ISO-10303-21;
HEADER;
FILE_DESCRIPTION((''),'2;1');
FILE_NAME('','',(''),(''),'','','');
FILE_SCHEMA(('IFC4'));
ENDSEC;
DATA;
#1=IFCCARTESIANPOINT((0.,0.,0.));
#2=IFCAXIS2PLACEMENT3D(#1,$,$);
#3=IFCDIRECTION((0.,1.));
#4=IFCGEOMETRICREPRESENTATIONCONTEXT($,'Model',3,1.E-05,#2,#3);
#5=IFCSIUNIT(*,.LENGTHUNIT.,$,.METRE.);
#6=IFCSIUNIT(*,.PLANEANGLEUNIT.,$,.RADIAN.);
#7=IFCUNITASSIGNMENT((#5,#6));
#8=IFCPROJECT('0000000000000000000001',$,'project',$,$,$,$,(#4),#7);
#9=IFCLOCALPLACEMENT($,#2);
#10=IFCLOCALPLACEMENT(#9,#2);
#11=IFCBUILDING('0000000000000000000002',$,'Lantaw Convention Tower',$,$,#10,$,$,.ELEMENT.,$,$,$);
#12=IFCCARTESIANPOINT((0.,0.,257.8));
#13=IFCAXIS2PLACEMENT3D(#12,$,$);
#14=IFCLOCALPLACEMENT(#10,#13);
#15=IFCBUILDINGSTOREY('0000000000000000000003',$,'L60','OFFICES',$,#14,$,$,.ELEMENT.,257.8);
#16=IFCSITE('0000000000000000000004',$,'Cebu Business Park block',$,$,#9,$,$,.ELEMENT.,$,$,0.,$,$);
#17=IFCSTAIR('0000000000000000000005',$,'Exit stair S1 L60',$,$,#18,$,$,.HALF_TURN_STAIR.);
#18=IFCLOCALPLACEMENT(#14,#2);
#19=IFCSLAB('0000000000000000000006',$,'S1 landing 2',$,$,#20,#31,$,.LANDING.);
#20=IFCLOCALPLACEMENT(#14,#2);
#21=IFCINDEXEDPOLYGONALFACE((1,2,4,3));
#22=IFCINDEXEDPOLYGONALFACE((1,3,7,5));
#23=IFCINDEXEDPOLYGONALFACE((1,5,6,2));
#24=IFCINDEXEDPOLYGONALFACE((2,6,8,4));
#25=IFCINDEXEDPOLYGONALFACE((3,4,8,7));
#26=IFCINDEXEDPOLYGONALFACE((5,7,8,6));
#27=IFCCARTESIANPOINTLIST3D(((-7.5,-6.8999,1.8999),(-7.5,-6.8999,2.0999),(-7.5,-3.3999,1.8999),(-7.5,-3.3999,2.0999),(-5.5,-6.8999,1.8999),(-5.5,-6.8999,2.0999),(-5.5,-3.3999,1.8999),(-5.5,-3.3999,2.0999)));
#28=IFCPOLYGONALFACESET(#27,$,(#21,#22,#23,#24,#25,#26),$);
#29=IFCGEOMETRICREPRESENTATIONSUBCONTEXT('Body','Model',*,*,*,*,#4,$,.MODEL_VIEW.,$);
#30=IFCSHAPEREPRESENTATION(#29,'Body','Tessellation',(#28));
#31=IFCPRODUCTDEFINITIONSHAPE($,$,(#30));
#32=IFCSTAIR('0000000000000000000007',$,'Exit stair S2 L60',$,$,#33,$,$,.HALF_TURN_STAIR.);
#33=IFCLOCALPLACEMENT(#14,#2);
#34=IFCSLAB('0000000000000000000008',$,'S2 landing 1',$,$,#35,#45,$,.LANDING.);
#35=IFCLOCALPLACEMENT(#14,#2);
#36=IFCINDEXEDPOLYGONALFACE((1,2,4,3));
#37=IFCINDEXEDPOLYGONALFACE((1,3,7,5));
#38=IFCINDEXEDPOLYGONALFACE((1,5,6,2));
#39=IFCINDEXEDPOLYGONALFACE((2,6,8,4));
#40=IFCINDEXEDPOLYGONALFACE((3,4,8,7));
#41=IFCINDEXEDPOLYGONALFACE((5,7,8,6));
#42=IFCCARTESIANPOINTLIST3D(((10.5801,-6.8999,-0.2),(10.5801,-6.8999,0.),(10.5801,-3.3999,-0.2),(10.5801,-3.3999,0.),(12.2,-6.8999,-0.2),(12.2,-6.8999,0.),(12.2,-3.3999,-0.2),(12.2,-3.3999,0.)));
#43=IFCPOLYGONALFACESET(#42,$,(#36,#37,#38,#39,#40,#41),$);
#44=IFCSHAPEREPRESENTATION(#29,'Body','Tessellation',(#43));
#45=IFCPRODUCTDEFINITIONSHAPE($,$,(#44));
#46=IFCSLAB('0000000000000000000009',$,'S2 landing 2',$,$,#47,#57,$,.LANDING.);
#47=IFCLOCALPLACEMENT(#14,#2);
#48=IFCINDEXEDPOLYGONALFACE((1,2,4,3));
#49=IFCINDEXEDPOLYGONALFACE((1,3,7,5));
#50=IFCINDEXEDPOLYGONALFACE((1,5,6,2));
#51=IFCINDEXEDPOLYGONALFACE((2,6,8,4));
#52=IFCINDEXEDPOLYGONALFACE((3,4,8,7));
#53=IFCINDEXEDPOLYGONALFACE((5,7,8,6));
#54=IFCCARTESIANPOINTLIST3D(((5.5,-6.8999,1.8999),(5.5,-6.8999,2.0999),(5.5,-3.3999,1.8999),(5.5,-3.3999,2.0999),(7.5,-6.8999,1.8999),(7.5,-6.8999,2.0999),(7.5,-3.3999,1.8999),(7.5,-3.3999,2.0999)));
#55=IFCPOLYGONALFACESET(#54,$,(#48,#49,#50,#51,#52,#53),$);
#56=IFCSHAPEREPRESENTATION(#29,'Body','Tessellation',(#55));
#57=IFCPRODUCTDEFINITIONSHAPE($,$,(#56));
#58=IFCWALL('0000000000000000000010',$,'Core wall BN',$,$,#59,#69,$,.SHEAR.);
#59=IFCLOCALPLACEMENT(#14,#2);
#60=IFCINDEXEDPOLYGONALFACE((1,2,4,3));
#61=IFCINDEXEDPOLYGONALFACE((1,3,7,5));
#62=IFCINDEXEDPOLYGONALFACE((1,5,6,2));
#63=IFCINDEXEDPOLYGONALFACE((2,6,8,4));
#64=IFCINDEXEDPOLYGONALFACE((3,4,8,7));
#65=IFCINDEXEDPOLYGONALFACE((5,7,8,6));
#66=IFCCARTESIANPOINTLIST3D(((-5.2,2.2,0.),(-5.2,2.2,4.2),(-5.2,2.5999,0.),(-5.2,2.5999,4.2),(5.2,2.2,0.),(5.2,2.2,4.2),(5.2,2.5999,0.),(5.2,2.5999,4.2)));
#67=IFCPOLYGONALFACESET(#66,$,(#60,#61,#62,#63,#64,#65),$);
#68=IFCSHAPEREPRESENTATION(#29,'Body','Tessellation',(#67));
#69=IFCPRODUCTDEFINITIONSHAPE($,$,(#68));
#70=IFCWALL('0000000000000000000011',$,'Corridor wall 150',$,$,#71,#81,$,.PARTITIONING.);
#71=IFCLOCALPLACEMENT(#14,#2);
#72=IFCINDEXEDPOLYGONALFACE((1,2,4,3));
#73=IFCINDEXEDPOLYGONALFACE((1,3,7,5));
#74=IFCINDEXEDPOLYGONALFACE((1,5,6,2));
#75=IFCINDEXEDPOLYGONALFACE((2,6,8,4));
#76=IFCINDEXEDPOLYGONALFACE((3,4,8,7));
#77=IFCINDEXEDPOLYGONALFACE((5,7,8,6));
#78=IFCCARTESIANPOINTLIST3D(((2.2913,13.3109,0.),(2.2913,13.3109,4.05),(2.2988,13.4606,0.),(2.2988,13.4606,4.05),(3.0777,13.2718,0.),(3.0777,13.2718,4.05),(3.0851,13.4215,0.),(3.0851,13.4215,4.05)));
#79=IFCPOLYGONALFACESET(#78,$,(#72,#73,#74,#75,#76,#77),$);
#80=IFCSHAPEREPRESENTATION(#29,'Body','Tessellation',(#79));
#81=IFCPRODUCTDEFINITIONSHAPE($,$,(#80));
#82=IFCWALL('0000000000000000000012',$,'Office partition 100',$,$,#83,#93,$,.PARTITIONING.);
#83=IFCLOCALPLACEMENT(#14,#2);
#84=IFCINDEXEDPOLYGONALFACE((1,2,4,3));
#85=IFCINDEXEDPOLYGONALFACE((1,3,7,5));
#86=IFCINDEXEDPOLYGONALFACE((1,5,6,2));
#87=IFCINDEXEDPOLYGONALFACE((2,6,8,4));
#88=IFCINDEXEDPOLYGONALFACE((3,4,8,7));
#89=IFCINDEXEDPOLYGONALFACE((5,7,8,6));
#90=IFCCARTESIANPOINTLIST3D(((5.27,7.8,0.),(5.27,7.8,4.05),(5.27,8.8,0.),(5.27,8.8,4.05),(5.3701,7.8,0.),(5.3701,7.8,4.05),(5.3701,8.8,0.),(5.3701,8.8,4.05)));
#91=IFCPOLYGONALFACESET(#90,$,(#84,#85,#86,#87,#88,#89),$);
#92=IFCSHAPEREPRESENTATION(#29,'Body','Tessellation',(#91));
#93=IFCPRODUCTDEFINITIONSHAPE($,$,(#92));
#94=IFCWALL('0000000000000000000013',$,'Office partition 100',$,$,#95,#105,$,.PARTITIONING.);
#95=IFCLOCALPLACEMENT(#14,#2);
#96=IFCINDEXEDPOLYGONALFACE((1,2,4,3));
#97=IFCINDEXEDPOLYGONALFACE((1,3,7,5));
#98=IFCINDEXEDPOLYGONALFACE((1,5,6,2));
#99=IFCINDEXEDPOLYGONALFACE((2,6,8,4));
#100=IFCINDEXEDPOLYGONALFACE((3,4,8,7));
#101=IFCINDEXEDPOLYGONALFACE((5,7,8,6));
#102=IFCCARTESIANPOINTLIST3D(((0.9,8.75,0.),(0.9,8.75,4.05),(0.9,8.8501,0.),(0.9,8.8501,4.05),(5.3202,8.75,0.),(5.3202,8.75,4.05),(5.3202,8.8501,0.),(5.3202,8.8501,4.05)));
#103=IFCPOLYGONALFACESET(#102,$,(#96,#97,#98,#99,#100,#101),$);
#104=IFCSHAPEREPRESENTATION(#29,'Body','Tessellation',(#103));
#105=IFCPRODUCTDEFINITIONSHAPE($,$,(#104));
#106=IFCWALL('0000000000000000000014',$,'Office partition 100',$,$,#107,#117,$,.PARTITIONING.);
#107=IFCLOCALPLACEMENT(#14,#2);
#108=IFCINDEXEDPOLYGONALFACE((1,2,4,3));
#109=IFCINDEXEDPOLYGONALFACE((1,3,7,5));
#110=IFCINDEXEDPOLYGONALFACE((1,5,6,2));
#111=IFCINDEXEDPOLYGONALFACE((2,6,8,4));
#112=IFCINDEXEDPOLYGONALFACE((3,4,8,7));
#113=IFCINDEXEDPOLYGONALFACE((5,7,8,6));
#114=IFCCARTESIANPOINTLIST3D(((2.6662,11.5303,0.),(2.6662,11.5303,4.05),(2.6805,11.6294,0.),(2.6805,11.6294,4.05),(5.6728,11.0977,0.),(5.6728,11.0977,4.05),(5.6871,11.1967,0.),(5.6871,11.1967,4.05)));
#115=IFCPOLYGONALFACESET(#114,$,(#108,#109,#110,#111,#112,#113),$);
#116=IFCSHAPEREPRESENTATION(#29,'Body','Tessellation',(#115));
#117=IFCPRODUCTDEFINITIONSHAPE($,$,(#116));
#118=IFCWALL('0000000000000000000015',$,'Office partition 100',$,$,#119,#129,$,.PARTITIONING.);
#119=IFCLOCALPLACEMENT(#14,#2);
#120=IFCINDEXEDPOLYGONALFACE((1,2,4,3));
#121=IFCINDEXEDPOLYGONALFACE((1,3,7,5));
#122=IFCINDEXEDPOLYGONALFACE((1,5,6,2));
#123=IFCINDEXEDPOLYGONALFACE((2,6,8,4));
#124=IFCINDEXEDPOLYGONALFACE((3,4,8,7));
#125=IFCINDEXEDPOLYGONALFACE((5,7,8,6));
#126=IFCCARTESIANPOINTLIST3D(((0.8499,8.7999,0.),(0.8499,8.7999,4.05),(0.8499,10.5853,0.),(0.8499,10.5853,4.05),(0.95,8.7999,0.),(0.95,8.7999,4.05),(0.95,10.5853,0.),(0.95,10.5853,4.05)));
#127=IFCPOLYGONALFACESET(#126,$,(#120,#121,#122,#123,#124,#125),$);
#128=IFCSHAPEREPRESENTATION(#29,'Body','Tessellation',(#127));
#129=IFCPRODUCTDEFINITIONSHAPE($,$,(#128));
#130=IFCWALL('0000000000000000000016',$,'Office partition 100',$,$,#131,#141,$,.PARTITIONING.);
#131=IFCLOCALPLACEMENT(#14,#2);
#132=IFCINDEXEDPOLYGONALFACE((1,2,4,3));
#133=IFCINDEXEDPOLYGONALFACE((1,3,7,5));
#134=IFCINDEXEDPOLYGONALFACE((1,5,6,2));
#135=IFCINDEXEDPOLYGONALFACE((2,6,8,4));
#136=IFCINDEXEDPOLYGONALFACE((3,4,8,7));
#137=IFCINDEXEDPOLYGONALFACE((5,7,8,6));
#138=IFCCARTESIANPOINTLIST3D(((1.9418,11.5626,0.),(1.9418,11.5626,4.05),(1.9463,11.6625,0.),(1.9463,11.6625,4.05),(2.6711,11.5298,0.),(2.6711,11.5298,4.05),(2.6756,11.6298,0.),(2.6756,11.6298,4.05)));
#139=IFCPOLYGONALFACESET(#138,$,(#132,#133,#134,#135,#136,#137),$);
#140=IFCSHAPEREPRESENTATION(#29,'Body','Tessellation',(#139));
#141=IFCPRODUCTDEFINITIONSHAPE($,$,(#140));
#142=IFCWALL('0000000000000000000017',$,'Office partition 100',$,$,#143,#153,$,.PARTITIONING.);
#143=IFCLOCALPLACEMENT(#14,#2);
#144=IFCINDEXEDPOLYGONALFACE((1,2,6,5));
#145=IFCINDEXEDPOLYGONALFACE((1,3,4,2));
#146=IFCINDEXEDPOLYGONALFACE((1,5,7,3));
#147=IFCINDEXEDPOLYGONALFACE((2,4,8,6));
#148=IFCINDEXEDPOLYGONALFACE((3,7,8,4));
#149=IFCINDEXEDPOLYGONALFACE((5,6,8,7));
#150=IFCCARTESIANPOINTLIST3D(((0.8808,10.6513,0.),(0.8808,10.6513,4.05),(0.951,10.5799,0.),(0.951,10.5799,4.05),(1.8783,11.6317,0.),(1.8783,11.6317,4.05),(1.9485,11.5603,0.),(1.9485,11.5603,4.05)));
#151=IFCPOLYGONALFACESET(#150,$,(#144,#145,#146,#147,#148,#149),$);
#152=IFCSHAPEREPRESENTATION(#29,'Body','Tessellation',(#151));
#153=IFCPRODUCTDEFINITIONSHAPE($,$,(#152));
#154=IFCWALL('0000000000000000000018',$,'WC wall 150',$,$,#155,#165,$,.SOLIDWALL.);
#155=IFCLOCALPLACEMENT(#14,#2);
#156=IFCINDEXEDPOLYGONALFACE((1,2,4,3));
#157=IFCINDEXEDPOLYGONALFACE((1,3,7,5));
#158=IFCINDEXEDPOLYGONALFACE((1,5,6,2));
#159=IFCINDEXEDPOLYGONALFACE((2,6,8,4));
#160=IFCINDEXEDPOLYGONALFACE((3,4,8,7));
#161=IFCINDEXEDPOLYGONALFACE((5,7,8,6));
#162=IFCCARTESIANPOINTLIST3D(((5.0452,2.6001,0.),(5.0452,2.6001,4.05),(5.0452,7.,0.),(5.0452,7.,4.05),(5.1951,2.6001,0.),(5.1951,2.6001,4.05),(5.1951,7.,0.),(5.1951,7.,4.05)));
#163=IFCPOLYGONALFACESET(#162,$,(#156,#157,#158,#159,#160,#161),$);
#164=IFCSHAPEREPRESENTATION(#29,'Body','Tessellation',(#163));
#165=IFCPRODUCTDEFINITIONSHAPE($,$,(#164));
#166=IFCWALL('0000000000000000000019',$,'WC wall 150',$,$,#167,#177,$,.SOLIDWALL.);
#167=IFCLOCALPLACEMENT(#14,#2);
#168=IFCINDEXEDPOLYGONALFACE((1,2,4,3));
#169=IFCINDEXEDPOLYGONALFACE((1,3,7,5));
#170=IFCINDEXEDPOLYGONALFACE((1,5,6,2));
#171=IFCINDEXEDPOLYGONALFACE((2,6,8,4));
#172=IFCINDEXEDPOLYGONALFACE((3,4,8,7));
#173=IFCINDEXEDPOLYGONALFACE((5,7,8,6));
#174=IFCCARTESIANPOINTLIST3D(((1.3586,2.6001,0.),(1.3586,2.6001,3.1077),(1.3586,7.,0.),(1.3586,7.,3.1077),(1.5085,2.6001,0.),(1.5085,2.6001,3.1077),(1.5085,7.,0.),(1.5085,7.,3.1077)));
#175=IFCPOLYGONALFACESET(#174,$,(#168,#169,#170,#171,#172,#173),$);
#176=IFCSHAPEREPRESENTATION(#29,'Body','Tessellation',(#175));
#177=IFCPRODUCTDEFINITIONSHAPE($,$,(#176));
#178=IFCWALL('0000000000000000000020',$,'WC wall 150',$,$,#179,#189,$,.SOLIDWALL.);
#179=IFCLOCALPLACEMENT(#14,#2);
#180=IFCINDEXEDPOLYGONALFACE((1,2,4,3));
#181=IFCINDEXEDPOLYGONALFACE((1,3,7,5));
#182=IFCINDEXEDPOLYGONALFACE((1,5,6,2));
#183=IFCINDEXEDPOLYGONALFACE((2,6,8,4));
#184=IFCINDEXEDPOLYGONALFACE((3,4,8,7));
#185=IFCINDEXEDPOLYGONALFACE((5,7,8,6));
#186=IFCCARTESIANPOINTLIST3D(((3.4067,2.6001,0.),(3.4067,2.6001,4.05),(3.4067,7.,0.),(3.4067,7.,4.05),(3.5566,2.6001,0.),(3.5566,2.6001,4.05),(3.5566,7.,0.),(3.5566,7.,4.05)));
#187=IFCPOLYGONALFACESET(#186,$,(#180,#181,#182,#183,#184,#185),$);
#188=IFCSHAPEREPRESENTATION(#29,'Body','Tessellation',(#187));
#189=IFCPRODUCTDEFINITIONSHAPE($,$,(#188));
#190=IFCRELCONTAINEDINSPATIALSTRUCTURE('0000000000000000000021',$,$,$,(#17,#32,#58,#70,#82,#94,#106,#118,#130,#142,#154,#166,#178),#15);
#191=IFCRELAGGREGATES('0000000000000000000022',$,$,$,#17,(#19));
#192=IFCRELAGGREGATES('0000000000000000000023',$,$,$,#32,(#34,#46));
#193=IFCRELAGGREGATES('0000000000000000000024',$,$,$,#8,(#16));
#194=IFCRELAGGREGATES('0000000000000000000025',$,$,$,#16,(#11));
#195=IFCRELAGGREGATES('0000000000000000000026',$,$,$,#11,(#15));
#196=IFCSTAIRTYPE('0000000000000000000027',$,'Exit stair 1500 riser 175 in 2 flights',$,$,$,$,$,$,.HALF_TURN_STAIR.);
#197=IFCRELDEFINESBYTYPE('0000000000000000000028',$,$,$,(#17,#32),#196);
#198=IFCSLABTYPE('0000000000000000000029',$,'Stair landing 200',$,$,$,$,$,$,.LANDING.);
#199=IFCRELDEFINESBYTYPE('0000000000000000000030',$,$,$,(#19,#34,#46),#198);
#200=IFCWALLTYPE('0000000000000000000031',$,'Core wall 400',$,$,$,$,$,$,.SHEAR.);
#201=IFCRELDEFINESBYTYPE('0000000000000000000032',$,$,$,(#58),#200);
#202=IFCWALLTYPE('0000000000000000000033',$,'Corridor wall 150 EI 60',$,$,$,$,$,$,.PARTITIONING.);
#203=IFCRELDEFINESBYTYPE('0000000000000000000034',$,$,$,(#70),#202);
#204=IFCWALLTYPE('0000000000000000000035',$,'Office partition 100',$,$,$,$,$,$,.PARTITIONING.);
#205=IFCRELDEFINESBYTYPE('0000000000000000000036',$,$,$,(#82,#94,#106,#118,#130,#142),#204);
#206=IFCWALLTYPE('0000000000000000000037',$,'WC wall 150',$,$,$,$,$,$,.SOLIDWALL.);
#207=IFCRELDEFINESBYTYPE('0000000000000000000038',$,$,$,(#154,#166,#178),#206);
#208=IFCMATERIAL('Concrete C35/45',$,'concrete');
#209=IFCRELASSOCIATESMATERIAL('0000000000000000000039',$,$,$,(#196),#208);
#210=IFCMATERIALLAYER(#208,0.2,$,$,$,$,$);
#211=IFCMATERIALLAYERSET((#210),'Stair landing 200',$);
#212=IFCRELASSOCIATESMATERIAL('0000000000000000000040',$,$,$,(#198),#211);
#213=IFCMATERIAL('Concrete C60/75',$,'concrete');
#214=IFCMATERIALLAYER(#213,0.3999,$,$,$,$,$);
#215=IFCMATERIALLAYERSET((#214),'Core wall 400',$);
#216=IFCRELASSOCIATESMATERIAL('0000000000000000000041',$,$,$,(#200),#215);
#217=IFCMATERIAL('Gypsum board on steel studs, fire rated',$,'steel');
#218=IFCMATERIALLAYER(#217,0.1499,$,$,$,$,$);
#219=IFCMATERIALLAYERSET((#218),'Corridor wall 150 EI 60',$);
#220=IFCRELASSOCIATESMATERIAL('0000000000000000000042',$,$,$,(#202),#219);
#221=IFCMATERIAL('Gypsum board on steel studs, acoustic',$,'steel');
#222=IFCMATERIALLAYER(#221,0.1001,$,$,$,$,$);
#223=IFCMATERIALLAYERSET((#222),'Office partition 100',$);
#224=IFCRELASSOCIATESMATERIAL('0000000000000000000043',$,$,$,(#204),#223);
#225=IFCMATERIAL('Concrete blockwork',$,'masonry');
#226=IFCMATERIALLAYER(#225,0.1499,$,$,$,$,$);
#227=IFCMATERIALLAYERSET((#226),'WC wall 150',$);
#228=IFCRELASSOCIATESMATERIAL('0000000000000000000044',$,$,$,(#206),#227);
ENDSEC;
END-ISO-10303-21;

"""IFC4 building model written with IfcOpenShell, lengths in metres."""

from ifc_helpers import new_model, si_unit, direction, frame, frame_2d, origin, place, context, subcontext, project, spatial, polyline, rectangle, outline, extrude, material, layer, layer_set, type_object, element, aggregate, save


model = new_model("IFC4")

# Units and contexts
model_context = context("Model", 3, precision=1e-05, world=origin(), true_north=direction((0.0, 1.0)))
body_context = subcontext(model_context, "Body", "Model", "MODEL_VIEW")
ifc_project = project(units=[si_unit("LENGTHUNIT", "METRE"), si_unit("PLANEANGLEUNIT", "RADIAN")], contexts=[model_context])

# Site, building, storey
site_placement = place(None, origin())
site = spatial("IfcSite", under=ifc_project, at=site_placement, Name="Cebu Business Park block", CompositionType="ELEMENT", RefElevation=0.0)
building_placement = place(site_placement, origin())
building = spatial("IfcBuilding", under=site, at=building_placement, Name="Lantaw Convention Tower", CompositionType="ELEMENT")
storey_placement = place(building_placement, frame((0.0, 0.0, 257.8)))
storey = spatial("IfcBuildingStorey", under=building, at=storey_placement, Name="L60", Description="OFFICES", CompositionType="ELEMENT", Elevation=257.8)

# Stair, slab
ifc_material_1 = material(Name="Concrete C35/45", Category="concrete")
stair_type = type_object("IfcStairType", Name="Exit stair 1500 riser 175 in 2 flights", PredefinedType="HALF_TURN_STAIR", material=ifc_material_1)
stair_1_placement = place(storey_placement, origin())
stair_1 = element("IfcStair", 1, at=stair_1_placement, inside=storey, type_object=stair_type, Name="Exit stair S1 L60", PredefinedType="HALF_TURN_STAIR")
ifc_layer_1 = layer(ifc_material_1, 0.2)
ifc_layer_set_1 = layer_set([ifc_layer_1], Name="Stair landing 200")
slab_type = type_object("IfcSlabType", Name="Stair landing 200", PredefinedType="LANDING", material=ifc_layer_set_1)
slab_1_placement = place(storey_placement, frame((0.0, 0.0, 1.8999)))
slab_1 = element("IfcSlab", 2, at=slab_1_placement, type_object=slab_type, Name="S1 landing 2", PredefinedType="LANDING", context=body_context, shape_type="SweptSolid", body=[
    extrude(outline(polyline([(-7.5, -6.8999), (-5.5, -6.8999), (-5.5, -3.3999), (-7.5, -3.3999), (-7.5, -6.8999)])), origin(), (0.0, 0.0, 1.0), 0.2),
])
aggregate(stair_1, [slab_1])

# Stair, slabs
stair_2_placement = place(storey_placement, origin())
stair_2 = element("IfcStair", 3, at=stair_2_placement, inside=storey, type_object=stair_type, Name="Exit stair S2 L60", PredefinedType="HALF_TURN_STAIR")
slab_2_placement = place(storey_placement, frame((0.0, 0.0, -0.2)))
slab_2 = element("IfcSlab", 4, at=slab_2_placement, type_object=slab_type, Name="S2 landing 1", PredefinedType="LANDING", context=body_context, shape_type="SweptSolid", body=[
    extrude(outline(polyline([(10.5801, -6.8999), (12.2, -6.8999), (12.2, -3.3999), (10.5801, -3.3999), (10.5801, -6.8999)])), origin(), (0.0, 0.0, 1.0), 0.2),
])
slab_3_placement = place(storey_placement, frame((0.0, 0.0, 1.8999)))
slab_3 = element("IfcSlab", 5, at=slab_3_placement, type_object=slab_type, Name="S2 landing 2", PredefinedType="LANDING", context=body_context, shape_type="SweptSolid", body=[
    extrude(outline(polyline([(5.5, -6.8999), (7.5, -6.8999), (7.5, -3.3999), (5.5, -3.3999), (5.5, -6.8999)])), origin(), (0.0, 0.0, 1.0), 0.2),
])
aggregate(stair_2, [slab_2, slab_3])

# Walls
ifc_material_2 = material(Name="Concrete C60/75", Category="concrete")
ifc_layer_2 = layer(ifc_material_2, 0.3999)
ifc_layer_set_2 = layer_set([ifc_layer_2], Name="Core wall 400")
wall_type_1 = type_object("IfcWallType", Name="Core wall 400", PredefinedType="SHEAR", material=ifc_layer_set_2)
wall_1_placement = place(storey_placement, frame((5.2, 2.3999, 0.0), z_axis=(0.0, 0.0, 1.0), x_axis=(-1.0, 0.0, 0.0)))
element("IfcWall", 6, at=wall_1_placement, inside=storey, type_object=wall_type_1, Name="Core wall BN", PredefinedType="SHEAR", context=body_context, shape_type="SweptSolid", body=[
    extrude(rectangle(XDim=10.3999, YDim=0.3999, at=frame_2d((5.2, 0.0))), origin(), (0.0, 0.0, 1.0), 4.2),
])
ifc_material_3 = material(Name="Gypsum board on steel studs, fire rated", Category="steel")
ifc_layer_3 = layer(ifc_material_3, 0.1499)
ifc_layer_set_3 = layer_set([ifc_layer_3], Name="Corridor wall 150 EI 60")
wall_type_2 = type_object("IfcWallType", Name="Corridor wall 150 EI 60", PredefinedType="PARTITIONING", material=ifc_layer_set_3)
wall_2_placement = place(storey_placement, frame((3.0813, 13.3467, 0.0), z_axis=(0.0, 0.0, 1.0), x_axis=(-0.998769, 0.049613, 0.0)))
element("IfcWall", 7, at=wall_2_placement, inside=storey, type_object=wall_type_2, Name="Corridor wall 150", PredefinedType="PARTITIONING", context=body_context, shape_type="SweptSolid", body=[
    extrude(rectangle(XDim=0.7874, YDim=0.1499, at=frame_2d((0.3936, 0.0))), origin(), (0.0, 0.0, 1.0), 4.05),
])
ifc_material_4 = material(Name="Gypsum board on steel studs, acoustic", Category="steel")
ifc_layer_4 = layer(ifc_material_4, 0.1001)
ifc_layer_set_4 = layer_set([ifc_layer_4], Name="Office partition 100")
wall_type_3 = type_object("IfcWallType", Name="Office partition 100", PredefinedType="PARTITIONING", material=ifc_layer_set_4)
wall_3_placement = place(storey_placement, frame((5.3201, 7.8, 0.0), z_axis=(0.0, 0.0, 1.0), x_axis=(0.0, 1.0, 0.0)))
element("IfcWall", 8, at=wall_3_placement, inside=storey, type_object=wall_type_3, Name="Office partition 100", PredefinedType="PARTITIONING", context=body_context, shape_type="SweptSolid", body=[
    extrude(rectangle(XDim=1.0, YDim=0.1001, at=frame_2d((0.5, 0.0))), origin(), (0.0, 0.0, 1.0), 4.05),
])
wall_4_placement = place(storey_placement, frame((5.3201, 8.8, 0.0), z_axis=(0.0, 0.0, 1.0), x_axis=(-1.0, 0.0, 0.0)))
element("IfcWall", 9, at=wall_4_placement, inside=storey, type_object=wall_type_3, Name="Office partition 100", PredefinedType="PARTITIONING", context=body_context, shape_type="SweptSolid", body=[
    extrude(rectangle(XDim=4.4202, YDim=0.1001, at=frame_2d((2.21, 0.0))), origin(), (0.0, 0.0, 1.0), 4.05),
])
wall_5_placement = place(storey_placement, frame((2.6733, 11.5798, 0.0), z_axis=(0.0, 0.0, 1.0), x_axis=(0.989806, -0.142423, 0.0)))
element("IfcWall", 10, at=wall_5_placement, inside=storey, type_object=wall_type_3, Name="Office partition 100", PredefinedType="PARTITIONING", context=body_context, shape_type="SweptSolid", body=[
    extrude(rectangle(XDim=3.0376, YDim=0.1001, at=frame_2d((1.5188, 0.0))), origin(), (0.0, 0.0, 1.0), 4.05),
])
wall_6_placement = place(storey_placement, frame((0.8999, 8.8, 0.0), z_axis=(0.0, 0.0, 1.0), x_axis=(0.0, 1.0, 0.0)))
element("IfcWall", 11, at=wall_6_placement, inside=storey, type_object=wall_type_3, Name="Office partition 100", PredefinedType="PARTITIONING", context=body_context, shape_type="SweptSolid", body=[
    extrude(rectangle(XDim=1.7854, YDim=0.1001, at=frame_2d((0.8926, 0.0))), origin(), (0.0, 0.0, 1.0), 4.05),
])
wall_7_placement = place(storey_placement, frame((1.9441, 11.6125, 0.0), z_axis=(0.0, 0.0, 1.0), x_axis=(0.998995, -0.044816, 0.0)))
element("IfcWall", 12, at=wall_7_placement, inside=storey, type_object=wall_type_3, Name="Office partition 100", PredefinedType="PARTITIONING", context=body_context, shape_type="SweptSolid", body=[
    extrude(rectangle(XDim=0.73, YDim=0.1001, at=frame_2d((0.365, 0.0))), origin(), (0.0, 0.0, 1.0), 4.05),
])
wall_8_placement = place(storey_placement, frame((1.9133, 11.5959, 0.0), z_axis=(0.0, 0.0, 1.0), x_axis=(-0.713189, -0.700971, 0.0)))
element("IfcWall", 13, at=wall_8_placement, inside=storey, type_object=wall_type_3, Name="Office partition 100", PredefinedType="PARTITIONING", context=body_context, shape_type="SweptSolid", body=[
    extrude(rectangle(XDim=1.3987, YDim=0.1001, at=frame_2d((0.6992, 0.0))), origin(), (0.0, 0.0, 1.0), 4.05),
])
ifc_material_5 = material(Name="Concrete blockwork", Category="masonry")
ifc_layer_5 = layer(ifc_material_5, 0.1499)
ifc_layer_set_5 = layer_set([ifc_layer_5], Name="WC wall 150")
wall_type_4 = type_object("IfcWallType", Name="WC wall 150", PredefinedType="SOLIDWALL", material=ifc_layer_set_5)
wall_9_placement = place(storey_placement, frame((5.1201, 2.6001, 0.0), z_axis=(0.0, 0.0, 1.0), x_axis=(0.0, 1.0, 0.0)))
element("IfcWall", 14, at=wall_9_placement, inside=storey, type_object=wall_type_4, Name="WC wall 150", PredefinedType="SOLIDWALL", context=body_context, shape_type="SweptSolid", body=[
    extrude(rectangle(XDim=4.3999, YDim=0.1499, at=frame_2d((2.2, 0.0))), origin(), (0.0, 0.0, 1.0), 4.05),
])
wall_10_placement = place(storey_placement, frame((1.4336, 2.6001, 0.0), z_axis=(0.0, 0.0, 1.0), x_axis=(0.0, 1.0, 0.0)))
element("IfcWall", 15, at=wall_10_placement, inside=storey, type_object=wall_type_4, Name="WC wall 150", PredefinedType="SOLIDWALL", context=body_context, shape_type="SweptSolid", body=[
    extrude(rectangle(XDim=4.3999, YDim=0.1499, at=frame_2d((2.2, 0.0))), origin(), (0.0, 0.0, 1.0), 3.1077),
])
wall_11_placement = place(storey_placement, frame((3.4817, 2.6001, 0.0), z_axis=(0.0, 0.0, 1.0), x_axis=(0.0, 1.0, 0.0)))
element("IfcWall", 16, at=wall_11_placement, inside=storey, type_object=wall_type_4, Name="WC wall 150", PredefinedType="SOLIDWALL", context=body_context, shape_type="SweptSolid", body=[
    extrude(rectangle(XDim=4.3999, YDim=0.1499, at=frame_2d((2.2, 0.0))), origin(), (0.0, 0.0, 1.0), 4.05),
])

save(model, "model.ifc")
